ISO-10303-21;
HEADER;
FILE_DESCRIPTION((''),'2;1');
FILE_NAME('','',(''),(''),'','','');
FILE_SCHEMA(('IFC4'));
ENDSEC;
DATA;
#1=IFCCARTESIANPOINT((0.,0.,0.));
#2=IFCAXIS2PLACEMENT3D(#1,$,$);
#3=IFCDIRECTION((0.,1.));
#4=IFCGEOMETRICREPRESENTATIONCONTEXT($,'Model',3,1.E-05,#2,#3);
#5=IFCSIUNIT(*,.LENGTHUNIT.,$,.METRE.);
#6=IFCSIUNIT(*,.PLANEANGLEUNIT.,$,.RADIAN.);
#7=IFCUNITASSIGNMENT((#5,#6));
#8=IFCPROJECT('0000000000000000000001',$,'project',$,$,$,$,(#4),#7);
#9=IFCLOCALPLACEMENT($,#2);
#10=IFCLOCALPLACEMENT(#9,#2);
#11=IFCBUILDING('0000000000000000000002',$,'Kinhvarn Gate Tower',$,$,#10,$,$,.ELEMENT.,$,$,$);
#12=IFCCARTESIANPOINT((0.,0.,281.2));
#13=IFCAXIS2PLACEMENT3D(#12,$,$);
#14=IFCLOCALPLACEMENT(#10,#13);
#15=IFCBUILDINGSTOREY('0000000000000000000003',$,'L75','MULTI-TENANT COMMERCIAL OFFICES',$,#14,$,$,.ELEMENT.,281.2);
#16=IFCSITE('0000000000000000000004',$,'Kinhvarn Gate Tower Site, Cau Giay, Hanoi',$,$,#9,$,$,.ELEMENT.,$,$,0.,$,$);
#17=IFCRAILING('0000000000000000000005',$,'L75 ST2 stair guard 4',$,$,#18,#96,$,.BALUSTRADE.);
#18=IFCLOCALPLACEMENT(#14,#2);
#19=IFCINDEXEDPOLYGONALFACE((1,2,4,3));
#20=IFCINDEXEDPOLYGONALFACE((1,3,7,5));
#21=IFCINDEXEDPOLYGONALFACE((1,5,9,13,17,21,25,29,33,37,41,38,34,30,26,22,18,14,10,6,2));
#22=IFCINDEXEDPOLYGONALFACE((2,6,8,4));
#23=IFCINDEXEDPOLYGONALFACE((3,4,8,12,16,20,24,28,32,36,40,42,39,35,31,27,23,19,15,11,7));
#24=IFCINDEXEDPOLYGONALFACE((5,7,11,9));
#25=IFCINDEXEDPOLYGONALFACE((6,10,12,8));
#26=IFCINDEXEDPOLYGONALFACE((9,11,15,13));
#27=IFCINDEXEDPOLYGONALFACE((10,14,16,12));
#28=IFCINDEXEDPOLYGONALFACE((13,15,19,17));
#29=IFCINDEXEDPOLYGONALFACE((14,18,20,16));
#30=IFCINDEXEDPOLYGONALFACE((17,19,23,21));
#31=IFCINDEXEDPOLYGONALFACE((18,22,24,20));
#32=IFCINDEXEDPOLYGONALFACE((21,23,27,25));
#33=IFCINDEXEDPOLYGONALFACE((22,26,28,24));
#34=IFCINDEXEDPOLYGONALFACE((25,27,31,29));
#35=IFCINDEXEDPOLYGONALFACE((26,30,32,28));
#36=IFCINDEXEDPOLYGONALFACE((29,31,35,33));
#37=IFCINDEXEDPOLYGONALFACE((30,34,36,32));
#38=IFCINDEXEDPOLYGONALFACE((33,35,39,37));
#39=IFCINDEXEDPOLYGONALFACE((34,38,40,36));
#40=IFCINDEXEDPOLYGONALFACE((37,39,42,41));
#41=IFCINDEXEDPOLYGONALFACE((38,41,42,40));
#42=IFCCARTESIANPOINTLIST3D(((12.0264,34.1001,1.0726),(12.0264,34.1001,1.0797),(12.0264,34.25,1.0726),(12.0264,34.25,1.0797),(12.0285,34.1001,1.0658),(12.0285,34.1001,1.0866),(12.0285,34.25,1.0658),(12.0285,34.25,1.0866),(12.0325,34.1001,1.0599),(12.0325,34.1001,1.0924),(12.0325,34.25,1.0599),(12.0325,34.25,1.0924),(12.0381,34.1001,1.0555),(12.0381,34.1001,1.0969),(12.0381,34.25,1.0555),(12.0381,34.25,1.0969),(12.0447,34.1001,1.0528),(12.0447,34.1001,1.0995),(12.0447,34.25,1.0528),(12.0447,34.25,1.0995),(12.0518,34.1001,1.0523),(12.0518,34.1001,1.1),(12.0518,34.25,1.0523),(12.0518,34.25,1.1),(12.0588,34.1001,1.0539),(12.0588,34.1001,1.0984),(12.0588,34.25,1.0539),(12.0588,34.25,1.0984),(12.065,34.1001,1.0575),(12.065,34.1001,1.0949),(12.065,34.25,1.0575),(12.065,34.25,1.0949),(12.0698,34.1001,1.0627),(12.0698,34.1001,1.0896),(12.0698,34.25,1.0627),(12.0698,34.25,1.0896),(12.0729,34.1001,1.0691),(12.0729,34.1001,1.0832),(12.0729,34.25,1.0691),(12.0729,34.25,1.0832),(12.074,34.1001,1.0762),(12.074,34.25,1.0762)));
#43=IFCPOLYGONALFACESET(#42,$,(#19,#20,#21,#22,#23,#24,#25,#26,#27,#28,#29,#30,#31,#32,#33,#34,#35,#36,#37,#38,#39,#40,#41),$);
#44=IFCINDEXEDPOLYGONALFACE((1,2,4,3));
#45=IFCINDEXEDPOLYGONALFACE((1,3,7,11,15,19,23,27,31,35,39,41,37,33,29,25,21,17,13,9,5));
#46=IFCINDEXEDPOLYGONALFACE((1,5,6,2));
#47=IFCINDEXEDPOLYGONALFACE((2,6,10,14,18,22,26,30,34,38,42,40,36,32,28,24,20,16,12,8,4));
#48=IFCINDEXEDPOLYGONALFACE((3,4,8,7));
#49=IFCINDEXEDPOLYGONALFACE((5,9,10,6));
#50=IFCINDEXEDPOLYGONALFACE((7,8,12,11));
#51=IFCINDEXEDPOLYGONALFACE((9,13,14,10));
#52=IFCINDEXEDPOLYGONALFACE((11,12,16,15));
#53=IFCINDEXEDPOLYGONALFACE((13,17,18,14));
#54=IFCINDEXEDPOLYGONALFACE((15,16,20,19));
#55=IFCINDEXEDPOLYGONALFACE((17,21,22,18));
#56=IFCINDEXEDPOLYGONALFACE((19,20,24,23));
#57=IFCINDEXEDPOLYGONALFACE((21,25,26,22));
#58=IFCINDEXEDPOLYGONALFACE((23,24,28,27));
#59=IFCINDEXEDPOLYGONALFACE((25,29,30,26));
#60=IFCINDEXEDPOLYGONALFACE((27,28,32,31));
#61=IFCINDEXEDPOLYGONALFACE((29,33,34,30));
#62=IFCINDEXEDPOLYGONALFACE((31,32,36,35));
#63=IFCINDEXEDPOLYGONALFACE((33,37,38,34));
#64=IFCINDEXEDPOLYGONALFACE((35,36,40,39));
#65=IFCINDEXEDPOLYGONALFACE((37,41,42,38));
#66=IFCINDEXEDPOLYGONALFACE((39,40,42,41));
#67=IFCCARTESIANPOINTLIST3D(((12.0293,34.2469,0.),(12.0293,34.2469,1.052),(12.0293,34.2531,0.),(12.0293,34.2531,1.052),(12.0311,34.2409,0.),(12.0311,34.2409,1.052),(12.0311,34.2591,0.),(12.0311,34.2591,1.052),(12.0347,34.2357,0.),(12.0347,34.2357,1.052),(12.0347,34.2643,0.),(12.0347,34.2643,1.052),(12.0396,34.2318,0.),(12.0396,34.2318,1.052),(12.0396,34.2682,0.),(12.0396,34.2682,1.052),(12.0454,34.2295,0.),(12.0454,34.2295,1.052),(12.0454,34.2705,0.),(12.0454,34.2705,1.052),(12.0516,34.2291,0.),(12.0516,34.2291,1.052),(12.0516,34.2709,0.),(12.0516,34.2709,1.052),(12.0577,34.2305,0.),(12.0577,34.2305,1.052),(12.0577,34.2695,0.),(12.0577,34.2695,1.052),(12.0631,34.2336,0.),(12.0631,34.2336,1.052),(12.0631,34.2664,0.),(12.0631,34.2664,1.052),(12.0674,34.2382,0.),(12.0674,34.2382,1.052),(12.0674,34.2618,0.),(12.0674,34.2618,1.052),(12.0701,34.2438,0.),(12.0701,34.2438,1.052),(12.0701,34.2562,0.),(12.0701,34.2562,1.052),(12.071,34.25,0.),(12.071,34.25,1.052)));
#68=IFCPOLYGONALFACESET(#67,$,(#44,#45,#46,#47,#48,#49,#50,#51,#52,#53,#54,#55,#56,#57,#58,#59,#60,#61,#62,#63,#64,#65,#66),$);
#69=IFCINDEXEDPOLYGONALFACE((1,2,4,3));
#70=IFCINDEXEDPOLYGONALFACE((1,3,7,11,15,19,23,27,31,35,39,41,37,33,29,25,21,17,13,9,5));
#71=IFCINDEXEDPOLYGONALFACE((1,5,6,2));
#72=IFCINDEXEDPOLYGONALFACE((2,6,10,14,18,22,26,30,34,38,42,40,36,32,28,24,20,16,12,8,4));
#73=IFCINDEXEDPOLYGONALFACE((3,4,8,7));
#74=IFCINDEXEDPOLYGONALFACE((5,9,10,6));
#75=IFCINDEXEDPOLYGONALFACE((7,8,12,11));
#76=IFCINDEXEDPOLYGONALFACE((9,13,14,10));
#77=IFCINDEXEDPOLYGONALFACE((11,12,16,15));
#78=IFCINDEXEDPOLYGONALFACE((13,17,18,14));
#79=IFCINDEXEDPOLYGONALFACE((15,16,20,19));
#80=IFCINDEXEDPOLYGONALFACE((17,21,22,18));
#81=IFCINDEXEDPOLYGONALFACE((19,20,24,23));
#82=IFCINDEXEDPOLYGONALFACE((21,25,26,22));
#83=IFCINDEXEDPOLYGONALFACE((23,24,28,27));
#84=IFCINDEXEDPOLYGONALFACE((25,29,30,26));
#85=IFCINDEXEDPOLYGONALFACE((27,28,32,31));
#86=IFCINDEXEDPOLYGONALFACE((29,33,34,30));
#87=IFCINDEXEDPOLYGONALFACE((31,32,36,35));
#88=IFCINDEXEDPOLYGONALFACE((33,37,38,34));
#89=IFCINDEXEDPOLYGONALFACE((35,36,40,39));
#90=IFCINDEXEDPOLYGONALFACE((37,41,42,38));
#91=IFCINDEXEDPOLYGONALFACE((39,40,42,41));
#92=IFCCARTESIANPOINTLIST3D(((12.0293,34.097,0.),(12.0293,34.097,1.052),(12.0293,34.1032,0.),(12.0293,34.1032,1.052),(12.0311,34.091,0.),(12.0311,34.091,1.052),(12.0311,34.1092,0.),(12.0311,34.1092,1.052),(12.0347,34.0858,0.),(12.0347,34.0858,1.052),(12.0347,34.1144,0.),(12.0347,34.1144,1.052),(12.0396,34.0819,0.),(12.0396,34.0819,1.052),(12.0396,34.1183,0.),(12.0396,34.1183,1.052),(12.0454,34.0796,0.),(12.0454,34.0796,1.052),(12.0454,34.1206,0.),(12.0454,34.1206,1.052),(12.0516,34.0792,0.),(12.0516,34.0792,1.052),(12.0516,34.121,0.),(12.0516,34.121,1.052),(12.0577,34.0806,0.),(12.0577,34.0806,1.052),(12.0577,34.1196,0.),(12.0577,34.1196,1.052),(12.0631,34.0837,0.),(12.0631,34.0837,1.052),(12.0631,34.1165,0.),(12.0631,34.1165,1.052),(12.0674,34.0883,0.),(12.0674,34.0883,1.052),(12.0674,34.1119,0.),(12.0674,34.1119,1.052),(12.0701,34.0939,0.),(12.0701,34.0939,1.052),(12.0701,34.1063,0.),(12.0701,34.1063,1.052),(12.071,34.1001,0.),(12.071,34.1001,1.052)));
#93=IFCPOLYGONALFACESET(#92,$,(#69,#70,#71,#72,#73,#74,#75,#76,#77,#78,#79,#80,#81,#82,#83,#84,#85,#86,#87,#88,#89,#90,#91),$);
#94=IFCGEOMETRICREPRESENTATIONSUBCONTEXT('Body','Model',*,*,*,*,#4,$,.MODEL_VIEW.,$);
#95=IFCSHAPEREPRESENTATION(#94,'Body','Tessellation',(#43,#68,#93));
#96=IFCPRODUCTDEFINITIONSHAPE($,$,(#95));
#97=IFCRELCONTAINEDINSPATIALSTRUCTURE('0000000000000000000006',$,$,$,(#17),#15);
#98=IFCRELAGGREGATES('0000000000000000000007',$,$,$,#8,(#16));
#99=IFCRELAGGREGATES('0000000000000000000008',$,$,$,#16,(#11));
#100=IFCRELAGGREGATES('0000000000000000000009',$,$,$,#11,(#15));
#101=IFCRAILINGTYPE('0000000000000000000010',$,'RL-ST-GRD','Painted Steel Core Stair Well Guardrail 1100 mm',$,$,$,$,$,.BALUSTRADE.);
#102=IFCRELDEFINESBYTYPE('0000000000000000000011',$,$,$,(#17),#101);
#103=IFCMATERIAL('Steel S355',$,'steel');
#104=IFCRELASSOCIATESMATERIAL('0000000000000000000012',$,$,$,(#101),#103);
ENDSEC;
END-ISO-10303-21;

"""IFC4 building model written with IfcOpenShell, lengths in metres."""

from ifc_helpers import new_model, si_unit, direction, frame, origin, origin_2d, place, context, subcontext, project, spatial, circle, extrude, material, type_object, element, save


model = new_model("IFC4")

# Units and contexts
model_context = context("Model", 3, precision=1e-05, world=origin(), true_north=direction((0.0, 1.0)))
body_context = subcontext(model_context, "Body", "Model", "MODEL_VIEW")
ifc_project = project(units=[si_unit("LENGTHUNIT", "METRE"), si_unit("PLANEANGLEUNIT", "RADIAN")], contexts=[model_context])

# Site, building, storey
site_placement = place(None, origin())
site = spatial("IfcSite", under=ifc_project, at=site_placement, Name="Kinhvarn Gate Tower Site, Cau Giay, Hanoi", CompositionType="ELEMENT", RefElevation=0.0)
building_placement = place(site_placement, origin())
building = spatial("IfcBuilding", under=site, at=building_placement, Name="Kinhvarn Gate Tower", CompositionType="ELEMENT")
storey_placement = place(building_placement, frame((0.0, 0.0, 281.2)))
storey = spatial("IfcBuildingStorey", under=building, at=storey_placement, Name="L75", Description="MULTI-TENANT COMMERCIAL OFFICES", CompositionType="ELEMENT", Elevation=281.2)

# Railing
ifc_material_1 = material(Name="Steel S355", Category="steel")
railing_type_1 = type_object("IfcRailingType", Name="RL-ST-GRD", Description="Painted Steel Core Stair Well Guardrail 1100 mm", PredefinedType="BALUSTRADE", material=ifc_material_1)
railing_1_placement = place(storey_placement, frame((12.05, 34.25, 0.0)))
element("IfcRailing", 1, at=railing_1_placement, inside=storey, type_object=railing_type_1, Name="L75 ST2 stair guard 4", PredefinedType="BALUSTRADE", context=body_context, shape_type="SweptSolid", body=[
    extrude(circle(Radius=0.0239, at=origin_2d()), frame((0.0, 0.0, 1.0762), z_axis=(0.0, -1.0, 0.0), x_axis=(1.0, 0.0, 0.0)), (0.0, 0.0, 1.0), 0.1499),
    extrude(circle(Radius=0.021, at=origin_2d()), origin(), (0.0, 0.0, 1.0), 1.052),
    extrude(circle(Radius=0.021, at=origin_2d()), frame((0.0, -0.1499, 0.0)), (0.0, 0.0, 1.0), 1.052),
])

save(model, "model.ifc")
